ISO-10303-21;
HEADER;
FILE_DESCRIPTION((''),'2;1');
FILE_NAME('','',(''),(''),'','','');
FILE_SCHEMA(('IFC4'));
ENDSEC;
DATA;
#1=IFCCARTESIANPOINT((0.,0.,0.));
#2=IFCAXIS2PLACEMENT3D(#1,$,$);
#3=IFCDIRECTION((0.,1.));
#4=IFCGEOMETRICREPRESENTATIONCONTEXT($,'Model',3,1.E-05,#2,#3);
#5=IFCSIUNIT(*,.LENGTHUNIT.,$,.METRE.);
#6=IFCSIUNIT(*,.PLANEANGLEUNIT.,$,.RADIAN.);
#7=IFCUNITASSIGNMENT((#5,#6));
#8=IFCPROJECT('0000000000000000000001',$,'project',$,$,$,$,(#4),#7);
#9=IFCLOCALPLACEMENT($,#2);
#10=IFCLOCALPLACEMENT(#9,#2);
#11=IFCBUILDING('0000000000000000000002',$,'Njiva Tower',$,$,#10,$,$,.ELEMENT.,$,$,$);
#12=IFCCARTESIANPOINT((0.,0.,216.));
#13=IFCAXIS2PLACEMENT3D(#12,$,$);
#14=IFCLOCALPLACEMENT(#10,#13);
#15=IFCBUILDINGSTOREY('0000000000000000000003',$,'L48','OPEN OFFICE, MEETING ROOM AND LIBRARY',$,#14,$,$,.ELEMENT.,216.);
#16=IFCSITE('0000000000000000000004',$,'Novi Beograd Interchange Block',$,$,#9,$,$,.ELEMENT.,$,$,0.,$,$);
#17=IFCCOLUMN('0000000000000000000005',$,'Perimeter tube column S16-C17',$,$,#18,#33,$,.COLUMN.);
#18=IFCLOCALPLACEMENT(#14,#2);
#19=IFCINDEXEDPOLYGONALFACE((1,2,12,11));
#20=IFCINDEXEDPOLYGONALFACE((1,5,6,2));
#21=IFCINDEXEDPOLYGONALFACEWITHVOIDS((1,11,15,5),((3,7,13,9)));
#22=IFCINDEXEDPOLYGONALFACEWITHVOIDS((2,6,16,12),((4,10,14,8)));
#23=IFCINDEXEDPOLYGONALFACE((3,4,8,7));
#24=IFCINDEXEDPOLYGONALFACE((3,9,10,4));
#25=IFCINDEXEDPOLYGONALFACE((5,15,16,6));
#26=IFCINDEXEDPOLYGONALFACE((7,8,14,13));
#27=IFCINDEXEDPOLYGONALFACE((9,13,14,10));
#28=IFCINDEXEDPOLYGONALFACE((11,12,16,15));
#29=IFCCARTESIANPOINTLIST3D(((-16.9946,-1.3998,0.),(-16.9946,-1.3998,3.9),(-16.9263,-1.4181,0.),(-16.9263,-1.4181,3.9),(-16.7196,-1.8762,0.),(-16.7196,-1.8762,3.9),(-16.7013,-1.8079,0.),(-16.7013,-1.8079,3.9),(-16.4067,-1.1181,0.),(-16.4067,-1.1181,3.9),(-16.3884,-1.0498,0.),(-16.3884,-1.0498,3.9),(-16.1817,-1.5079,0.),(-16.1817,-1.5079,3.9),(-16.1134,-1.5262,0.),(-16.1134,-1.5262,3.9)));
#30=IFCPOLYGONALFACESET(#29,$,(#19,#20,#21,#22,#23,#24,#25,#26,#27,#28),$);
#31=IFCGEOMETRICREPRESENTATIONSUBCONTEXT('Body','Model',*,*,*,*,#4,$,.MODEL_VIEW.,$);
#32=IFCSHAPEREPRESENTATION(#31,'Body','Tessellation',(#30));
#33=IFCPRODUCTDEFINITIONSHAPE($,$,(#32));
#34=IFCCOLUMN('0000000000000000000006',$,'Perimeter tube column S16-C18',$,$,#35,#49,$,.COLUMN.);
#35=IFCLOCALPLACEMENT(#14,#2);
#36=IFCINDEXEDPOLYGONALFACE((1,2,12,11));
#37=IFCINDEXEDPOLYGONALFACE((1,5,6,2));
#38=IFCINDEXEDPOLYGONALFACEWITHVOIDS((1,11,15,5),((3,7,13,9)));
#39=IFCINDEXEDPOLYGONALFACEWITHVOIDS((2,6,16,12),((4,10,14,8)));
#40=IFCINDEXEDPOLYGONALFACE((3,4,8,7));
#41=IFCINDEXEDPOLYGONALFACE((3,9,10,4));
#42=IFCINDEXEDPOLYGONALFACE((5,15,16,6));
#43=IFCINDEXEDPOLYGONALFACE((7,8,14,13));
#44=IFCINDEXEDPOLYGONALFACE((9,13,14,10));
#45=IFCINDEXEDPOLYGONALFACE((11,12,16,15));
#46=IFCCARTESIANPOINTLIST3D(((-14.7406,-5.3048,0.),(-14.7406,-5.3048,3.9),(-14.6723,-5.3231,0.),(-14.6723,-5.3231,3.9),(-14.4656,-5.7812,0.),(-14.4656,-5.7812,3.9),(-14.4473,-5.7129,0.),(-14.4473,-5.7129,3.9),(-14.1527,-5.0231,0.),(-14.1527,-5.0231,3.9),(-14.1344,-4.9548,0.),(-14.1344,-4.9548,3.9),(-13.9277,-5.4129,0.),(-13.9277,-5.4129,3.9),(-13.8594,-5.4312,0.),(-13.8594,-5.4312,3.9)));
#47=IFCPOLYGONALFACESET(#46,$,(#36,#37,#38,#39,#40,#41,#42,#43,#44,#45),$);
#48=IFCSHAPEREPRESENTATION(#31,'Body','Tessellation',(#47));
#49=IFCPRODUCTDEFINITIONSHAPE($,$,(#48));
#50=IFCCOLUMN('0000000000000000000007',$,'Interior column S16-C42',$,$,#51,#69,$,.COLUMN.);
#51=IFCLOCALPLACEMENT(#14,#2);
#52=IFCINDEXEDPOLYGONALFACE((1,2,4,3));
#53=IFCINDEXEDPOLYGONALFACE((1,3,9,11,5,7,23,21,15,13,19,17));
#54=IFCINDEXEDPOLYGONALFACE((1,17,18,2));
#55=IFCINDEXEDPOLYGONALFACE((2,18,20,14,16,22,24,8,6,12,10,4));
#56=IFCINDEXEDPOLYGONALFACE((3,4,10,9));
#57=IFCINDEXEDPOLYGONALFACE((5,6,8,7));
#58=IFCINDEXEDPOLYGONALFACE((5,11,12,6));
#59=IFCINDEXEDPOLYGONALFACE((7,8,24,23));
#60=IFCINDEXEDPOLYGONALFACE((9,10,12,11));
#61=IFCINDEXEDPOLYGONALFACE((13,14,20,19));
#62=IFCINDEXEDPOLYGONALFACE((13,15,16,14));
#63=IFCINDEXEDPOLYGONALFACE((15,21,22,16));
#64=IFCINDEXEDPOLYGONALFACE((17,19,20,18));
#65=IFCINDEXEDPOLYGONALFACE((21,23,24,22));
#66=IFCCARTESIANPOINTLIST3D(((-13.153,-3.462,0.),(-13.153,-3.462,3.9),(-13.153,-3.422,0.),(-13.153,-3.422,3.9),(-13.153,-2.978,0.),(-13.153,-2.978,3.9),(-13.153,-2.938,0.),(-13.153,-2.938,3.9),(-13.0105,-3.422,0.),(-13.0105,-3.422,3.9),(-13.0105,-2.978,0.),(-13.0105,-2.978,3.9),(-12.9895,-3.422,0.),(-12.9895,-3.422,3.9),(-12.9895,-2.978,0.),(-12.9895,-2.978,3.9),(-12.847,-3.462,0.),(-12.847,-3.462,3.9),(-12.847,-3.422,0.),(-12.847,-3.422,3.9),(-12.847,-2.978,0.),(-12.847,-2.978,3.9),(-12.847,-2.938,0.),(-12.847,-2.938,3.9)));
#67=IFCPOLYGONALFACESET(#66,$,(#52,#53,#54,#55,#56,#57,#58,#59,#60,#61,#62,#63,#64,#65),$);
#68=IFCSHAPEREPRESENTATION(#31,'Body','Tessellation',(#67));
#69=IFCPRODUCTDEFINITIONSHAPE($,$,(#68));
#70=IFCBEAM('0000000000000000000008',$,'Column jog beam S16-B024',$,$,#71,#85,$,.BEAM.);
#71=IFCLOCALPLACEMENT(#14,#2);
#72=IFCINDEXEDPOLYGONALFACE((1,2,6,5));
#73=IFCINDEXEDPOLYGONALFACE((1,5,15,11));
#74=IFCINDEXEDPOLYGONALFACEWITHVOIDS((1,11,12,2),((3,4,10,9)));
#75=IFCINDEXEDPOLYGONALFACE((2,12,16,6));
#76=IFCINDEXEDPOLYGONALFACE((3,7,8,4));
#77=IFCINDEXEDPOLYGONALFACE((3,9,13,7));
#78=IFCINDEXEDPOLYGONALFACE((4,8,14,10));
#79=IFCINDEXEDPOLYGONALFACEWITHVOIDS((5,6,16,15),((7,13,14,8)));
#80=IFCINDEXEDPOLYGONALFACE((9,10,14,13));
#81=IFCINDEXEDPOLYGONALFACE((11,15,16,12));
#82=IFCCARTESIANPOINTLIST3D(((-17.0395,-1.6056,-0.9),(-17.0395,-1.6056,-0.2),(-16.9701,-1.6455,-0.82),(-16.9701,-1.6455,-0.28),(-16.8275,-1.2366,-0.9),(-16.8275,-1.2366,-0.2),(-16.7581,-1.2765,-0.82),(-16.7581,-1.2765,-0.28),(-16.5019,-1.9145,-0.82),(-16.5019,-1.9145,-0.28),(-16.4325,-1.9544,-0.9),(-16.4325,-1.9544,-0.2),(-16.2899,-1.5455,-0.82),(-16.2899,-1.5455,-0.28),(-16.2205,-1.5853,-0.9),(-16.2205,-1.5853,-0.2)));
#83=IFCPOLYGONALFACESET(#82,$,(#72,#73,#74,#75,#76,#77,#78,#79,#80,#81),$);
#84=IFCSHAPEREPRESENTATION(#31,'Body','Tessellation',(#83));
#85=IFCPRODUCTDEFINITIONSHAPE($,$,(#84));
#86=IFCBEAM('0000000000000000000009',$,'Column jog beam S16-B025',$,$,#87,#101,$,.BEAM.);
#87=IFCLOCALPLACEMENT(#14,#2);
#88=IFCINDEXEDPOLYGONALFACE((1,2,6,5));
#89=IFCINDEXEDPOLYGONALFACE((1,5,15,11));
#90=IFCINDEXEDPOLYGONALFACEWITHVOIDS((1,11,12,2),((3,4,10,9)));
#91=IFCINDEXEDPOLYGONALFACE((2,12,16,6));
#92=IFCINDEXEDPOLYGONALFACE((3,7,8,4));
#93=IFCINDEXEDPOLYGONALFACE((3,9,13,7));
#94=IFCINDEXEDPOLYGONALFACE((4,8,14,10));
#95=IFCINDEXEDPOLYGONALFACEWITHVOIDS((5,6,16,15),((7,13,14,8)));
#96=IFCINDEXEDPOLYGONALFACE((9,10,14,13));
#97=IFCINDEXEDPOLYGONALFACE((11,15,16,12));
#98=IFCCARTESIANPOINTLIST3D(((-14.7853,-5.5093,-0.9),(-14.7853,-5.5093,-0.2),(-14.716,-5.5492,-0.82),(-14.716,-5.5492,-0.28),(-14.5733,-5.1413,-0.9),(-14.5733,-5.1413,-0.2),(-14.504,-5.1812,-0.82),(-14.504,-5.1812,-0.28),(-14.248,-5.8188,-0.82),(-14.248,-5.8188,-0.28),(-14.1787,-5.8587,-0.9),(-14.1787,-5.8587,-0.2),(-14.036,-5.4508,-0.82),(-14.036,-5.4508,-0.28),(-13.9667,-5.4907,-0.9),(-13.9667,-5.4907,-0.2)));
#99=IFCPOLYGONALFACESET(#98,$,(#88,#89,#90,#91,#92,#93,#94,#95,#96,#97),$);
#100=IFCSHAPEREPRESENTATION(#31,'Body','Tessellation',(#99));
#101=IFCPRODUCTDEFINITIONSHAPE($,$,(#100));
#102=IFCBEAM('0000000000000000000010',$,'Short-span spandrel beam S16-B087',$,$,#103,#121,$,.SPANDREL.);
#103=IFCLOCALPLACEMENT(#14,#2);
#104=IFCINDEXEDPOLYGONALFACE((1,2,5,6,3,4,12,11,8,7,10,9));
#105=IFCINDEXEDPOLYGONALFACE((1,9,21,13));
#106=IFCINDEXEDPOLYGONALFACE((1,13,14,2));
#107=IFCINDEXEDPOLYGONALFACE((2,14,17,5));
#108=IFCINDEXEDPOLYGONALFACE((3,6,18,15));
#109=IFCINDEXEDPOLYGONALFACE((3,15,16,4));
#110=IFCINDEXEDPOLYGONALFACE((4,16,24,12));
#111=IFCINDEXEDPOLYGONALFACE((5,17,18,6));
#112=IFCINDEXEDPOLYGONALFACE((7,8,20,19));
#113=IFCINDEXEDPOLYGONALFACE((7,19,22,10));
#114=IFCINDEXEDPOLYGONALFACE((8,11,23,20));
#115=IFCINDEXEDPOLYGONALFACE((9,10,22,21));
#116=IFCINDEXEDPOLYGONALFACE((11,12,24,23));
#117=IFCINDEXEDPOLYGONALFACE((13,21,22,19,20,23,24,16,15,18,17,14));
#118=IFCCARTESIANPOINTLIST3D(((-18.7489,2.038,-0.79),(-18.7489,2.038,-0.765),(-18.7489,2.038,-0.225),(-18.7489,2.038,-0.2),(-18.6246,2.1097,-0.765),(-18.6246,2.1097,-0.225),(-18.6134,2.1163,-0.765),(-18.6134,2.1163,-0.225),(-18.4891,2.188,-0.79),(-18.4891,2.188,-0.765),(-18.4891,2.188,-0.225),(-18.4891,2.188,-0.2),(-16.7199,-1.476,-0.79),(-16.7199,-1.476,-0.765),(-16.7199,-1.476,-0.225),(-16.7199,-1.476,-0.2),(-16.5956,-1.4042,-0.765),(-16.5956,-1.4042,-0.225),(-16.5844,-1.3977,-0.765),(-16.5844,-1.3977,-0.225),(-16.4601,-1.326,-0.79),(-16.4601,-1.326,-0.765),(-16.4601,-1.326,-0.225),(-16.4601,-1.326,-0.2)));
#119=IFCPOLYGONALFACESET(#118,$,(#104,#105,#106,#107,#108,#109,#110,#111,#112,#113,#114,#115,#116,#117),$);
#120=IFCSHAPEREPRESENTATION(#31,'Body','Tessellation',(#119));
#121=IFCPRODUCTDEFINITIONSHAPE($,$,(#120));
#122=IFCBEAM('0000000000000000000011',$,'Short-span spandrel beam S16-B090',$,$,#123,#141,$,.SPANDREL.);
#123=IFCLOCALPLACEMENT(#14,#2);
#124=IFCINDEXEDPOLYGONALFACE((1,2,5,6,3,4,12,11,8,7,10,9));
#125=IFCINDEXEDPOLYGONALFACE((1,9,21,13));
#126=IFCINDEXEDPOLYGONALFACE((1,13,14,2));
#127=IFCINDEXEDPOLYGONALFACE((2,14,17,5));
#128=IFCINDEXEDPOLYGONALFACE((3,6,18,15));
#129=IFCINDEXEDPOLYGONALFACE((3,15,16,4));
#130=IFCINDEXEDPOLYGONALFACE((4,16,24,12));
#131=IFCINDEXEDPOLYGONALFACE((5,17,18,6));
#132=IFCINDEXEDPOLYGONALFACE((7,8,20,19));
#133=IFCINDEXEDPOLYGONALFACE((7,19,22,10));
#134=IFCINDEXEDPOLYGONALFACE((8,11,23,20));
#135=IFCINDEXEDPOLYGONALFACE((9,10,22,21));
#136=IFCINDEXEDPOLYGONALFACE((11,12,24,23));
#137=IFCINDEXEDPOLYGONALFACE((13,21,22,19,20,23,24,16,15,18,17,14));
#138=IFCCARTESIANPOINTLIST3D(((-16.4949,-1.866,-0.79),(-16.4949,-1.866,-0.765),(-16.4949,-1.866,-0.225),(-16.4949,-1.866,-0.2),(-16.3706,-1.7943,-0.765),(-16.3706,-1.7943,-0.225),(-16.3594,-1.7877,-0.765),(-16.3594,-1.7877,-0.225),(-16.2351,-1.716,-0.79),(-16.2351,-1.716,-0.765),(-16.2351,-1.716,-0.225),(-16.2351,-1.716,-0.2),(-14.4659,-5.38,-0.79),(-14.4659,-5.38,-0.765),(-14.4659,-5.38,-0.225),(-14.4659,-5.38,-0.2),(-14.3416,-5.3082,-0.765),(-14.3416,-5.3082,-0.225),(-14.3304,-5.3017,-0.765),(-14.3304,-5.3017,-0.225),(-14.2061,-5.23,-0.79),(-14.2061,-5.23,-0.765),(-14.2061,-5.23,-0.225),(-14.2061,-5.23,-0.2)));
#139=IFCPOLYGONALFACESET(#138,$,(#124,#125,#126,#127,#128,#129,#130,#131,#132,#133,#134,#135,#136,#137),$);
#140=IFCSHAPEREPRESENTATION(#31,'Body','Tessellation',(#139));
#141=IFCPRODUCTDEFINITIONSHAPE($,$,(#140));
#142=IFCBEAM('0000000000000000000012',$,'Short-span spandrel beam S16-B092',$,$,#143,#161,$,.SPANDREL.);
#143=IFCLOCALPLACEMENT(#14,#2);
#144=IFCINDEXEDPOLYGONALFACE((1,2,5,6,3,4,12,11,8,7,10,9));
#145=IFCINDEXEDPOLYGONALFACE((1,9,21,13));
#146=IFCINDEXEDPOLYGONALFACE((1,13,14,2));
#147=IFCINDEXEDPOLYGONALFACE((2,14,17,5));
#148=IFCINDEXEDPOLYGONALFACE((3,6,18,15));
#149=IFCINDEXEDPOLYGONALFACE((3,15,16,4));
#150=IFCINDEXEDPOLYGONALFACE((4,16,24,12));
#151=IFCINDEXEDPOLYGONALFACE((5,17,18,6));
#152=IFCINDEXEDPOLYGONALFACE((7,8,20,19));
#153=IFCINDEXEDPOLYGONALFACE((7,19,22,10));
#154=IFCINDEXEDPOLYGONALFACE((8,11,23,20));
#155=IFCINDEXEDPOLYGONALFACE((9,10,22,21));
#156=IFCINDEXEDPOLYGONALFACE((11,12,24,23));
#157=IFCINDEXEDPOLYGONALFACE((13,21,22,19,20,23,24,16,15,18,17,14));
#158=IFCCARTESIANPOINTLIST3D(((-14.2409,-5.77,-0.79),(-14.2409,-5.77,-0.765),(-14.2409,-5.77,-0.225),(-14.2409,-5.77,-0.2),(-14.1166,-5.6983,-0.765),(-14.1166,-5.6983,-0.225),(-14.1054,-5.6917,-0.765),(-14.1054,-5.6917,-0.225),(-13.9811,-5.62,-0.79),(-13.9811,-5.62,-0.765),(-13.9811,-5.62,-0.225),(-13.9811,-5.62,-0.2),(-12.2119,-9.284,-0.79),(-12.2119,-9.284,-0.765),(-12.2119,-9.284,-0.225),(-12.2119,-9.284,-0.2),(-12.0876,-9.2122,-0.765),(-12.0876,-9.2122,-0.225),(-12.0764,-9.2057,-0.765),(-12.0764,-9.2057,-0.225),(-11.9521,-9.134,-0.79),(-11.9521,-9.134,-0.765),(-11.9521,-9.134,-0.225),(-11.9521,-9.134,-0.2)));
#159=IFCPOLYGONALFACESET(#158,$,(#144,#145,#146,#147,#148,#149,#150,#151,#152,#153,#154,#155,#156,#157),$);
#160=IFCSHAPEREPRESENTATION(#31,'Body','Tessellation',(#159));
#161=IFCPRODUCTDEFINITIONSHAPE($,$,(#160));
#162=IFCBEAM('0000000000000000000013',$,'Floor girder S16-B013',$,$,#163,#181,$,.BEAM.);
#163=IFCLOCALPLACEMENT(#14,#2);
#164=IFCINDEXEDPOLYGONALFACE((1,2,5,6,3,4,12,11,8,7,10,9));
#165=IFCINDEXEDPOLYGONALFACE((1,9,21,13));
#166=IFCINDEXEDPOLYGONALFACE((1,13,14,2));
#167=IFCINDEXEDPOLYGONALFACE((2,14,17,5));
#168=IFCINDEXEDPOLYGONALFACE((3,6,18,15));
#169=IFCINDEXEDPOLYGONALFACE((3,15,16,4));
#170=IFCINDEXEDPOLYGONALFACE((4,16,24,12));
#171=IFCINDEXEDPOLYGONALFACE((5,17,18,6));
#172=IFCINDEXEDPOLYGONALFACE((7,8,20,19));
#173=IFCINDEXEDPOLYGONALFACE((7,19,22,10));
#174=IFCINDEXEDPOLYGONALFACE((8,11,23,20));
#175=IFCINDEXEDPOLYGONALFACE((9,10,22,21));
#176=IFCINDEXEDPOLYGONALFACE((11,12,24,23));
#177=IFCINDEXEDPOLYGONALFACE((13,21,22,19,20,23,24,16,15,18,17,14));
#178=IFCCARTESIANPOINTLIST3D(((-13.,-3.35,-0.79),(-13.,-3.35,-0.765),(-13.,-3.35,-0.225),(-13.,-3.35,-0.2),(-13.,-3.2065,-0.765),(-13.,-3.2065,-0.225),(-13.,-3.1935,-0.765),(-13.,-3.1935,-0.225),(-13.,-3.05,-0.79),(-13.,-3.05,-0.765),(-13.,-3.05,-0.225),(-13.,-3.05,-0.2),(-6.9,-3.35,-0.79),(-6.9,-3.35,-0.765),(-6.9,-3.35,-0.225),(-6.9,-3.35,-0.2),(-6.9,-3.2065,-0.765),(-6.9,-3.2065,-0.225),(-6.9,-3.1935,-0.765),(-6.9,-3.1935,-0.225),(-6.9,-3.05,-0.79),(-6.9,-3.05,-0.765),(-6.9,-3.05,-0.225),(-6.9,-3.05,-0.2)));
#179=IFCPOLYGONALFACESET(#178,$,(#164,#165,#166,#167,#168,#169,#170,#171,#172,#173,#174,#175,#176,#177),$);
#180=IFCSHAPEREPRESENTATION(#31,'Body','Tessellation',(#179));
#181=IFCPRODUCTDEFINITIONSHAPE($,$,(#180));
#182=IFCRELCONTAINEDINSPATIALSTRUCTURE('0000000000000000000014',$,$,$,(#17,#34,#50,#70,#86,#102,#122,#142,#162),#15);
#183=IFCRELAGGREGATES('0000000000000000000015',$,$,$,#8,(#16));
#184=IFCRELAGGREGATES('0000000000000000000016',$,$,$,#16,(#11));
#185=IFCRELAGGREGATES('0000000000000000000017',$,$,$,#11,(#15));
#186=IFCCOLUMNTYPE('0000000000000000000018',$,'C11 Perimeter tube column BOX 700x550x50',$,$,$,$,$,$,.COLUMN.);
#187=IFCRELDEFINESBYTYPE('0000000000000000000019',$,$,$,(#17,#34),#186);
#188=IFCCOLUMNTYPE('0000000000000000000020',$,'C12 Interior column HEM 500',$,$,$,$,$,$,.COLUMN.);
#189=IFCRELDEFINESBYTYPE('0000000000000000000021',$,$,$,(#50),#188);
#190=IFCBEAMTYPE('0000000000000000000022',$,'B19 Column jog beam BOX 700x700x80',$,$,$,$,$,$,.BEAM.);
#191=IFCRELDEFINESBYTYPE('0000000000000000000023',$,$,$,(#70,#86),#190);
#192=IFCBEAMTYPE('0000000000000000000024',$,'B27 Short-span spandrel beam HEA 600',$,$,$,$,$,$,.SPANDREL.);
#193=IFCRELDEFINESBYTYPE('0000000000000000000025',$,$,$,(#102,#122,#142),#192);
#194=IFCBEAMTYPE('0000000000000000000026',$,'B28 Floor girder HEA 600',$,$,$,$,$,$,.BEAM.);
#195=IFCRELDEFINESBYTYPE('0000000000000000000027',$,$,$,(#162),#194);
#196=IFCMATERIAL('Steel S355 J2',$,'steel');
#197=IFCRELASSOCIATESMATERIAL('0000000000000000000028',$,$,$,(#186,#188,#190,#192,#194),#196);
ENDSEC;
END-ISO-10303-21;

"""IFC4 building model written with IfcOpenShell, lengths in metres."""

from ifc_helpers import new_model, si_unit, direction, frame, origin, origin_2d, place, context, subcontext, project, spatial, hollow_rectangle, i_section, extrude, material, material_profile, profile_set, type_object, element, save


model = new_model("IFC4")

# Units and contexts
model_context = context("Model", 3, precision=1e-05, world=origin(), true_north=direction((0.0, 1.0)))
body_context = subcontext(model_context, "Body", "Model", "MODEL_VIEW")
ifc_project = project(units=[si_unit("LENGTHUNIT", "METRE"), si_unit("PLANEANGLEUNIT", "RADIAN")], contexts=[model_context])

# Site, building, storey
site_placement = place(None, origin())
site = spatial("IfcSite", under=ifc_project, at=site_placement, Name="Novi Beograd Interchange Block", CompositionType="ELEMENT", RefElevation=0.0)
building_placement = place(site_placement, origin())
building = spatial("IfcBuilding", under=site, at=building_placement, Name="Njiva Tower", CompositionType="ELEMENT")
storey_placement = place(building_placement, frame((0.0, 0.0, 216.0)))
storey = spatial("IfcBuildingStorey", under=building, at=storey_placement, Name="L48", Description="OPEN OFFICE, MEETING ROOM AND LIBRARY", CompositionType="ELEMENT", Elevation=216.0)

# Columns
ifc_material_1 = material(Name="Steel S355 J2", Category="steel")
ifc_material_profile_1 = material_profile(ifc_material_1, hollow_rectangle(XDim=0.55, YDim=0.7, WallThickness=0.05, at=origin_2d()), Name="BOX 700x550x50")
ifc_profile_set_1 = profile_set([ifc_material_profile_1], Name="Steel S355 J2")
column_type_1 = type_object("IfcColumnType", Name="C11 Perimeter tube column BOX 700x550x50", PredefinedType="COLUMN", material=ifc_profile_set_1)
for number, where, z_axis, x_axis, name in (
    (1, (-16.554, -1.463, 0.0), (0.0, 0.0, 1.0), (0.5, -0.866025, 0.0), "Perimeter tube column S16-C17"),
    (2, (-14.3, -5.368, 0.0), (0.0, 0.0, 1.0), (0.5, -0.866025, 0.0), "Perimeter tube column S16-C18"),
):
    element("IfcColumn", number, at=place(storey_placement, frame(where, z_axis=z_axis, x_axis=x_axis)), inside=storey, type_object=column_type_1, Name=name, PredefinedType="COLUMN", context=body_context, shape_type="SweptSolid", body=[
        extrude(hollow_rectangle(XDim=0.55, YDim=0.7, WallThickness=0.05, at=origin_2d()), origin(), (0.0, 0.0, 1.0), 3.9),
    ])
ifc_material_profile_2 = material_profile(ifc_material_1, i_section(OverallWidth=0.306, OverallDepth=0.524, WebThickness=0.021, FlangeThickness=0.04, at=origin_2d()), Name="HEM 500")
ifc_profile_set_2 = profile_set([ifc_material_profile_2], Name="Steel S355 J2")
column_type_2 = type_object("IfcColumnType", Name="C12 Interior column HEM 500", PredefinedType="COLUMN", material=ifc_profile_set_2)
column_placement = place(storey_placement, frame((-13.0, -3.2, 0.0), z_axis=(0.0, 0.0, 1.0), x_axis=(1.0, 0.0, 0.0)))
element("IfcColumn", 3, at=column_placement, inside=storey, type_object=column_type_2, Name="Interior column S16-C42", PredefinedType="COLUMN", context=body_context, shape_type="SweptSolid", body=[
    extrude(i_section(OverallWidth=0.306, OverallDepth=0.524, WebThickness=0.021, FlangeThickness=0.04, at=origin_2d()), origin(), (0.0, 0.0, 1.0), 3.9),
])

# Beams
ifc_material_profile_3 = material_profile(ifc_material_1, hollow_rectangle(XDim=0.7, YDim=0.7, WallThickness=0.08, at=origin_2d()), Name="BOX 700x700x80")
ifc_profile_set_3 = profile_set([ifc_material_profile_3], Name="Steel S355 J2")
beam_type_1 = type_object("IfcBeamType", Name="B19 Column jog beam BOX 700x700x80", PredefinedType="BEAM", material=ifc_profile_set_3)
beam_1_placement = place(storey_placement, frame((-16.736, -1.78, -0.55), z_axis=(0.498162, 0.867084, 0.0), x_axis=(-0.867084, 0.498162, 0.0)))
element("IfcBeam", 4, at=beam_1_placement, inside=storey, type_object=beam_type_1, Name="Column jog beam S16-B024", PredefinedType="BEAM", context=body_context, shape_type="SweptSolid", body=[
    extrude(hollow_rectangle(XDim=0.7, YDim=0.7, WallThickness=0.08, at=origin_2d()), origin(), (0.0, 0.0, 1.0), 0.4256),
])
beam_2_placement = place(storey_placement, frame((-14.482, -5.684, -0.55), z_axis=(0.499179, 0.866499, 0.0), x_axis=(-0.866499, 0.499179, 0.0)))
element("IfcBeam", 5, at=beam_2_placement, inside=storey, type_object=beam_type_1, Name="Column jog beam S16-B025", PredefinedType="BEAM", context=body_context, shape_type="SweptSolid", body=[
    extrude(hollow_rectangle(XDim=0.7, YDim=0.7, WallThickness=0.08, at=origin_2d()), origin(), (0.0, 0.0, 1.0), 0.4247),
])
ifc_material_profile_4 = material_profile(ifc_material_1, i_section(OverallWidth=0.3, OverallDepth=0.59, WebThickness=0.013, FlangeThickness=0.025, at=origin_2d()), Name="HEA 600")
ifc_profile_set_4 = profile_set([ifc_material_profile_4], Name="Steel S355 J2")
beam_type_2 = type_object("IfcBeamType", Name="B27 Short-span spandrel beam HEA 600", PredefinedType="SPANDREL", material=ifc_profile_set_4)
for number, where, z_axis, x_axis, name in (
    (6, (-18.619, 2.113, -0.495), (0.500035, -0.866005, 0.0), (0.866005, 0.500035, 0.0), "Short-span spandrel beam S16-B087"),
    (7, (-16.365, -1.791, -0.495), (0.500035, -0.866005, 0.0), (0.866005, 0.500035, 0.0), "Short-span spandrel beam S16-B090"),
    (8, (-14.111, -5.695, -0.495), (0.500035, -0.866005, 0.0), (0.866005, 0.500035, 0.0), "Short-span spandrel beam S16-B092"),
):
    element("IfcBeam", number, at=place(storey_placement, frame(where, z_axis=z_axis, x_axis=x_axis)), inside=storey, type_object=beam_type_2, Name=name, PredefinedType="SPANDREL", context=body_context, shape_type="SweptSolid", body=[
        extrude(i_section(OverallWidth=0.3, OverallDepth=0.59, WebThickness=0.013, FlangeThickness=0.025, at=origin_2d()), origin(), (0.0, 0.0, 1.0), 4.0577),
    ])
ifc_material_profile_5 = material_profile(ifc_material_1, i_section(OverallWidth=0.3, OverallDepth=0.59, WebThickness=0.013, FlangeThickness=0.025, at=origin_2d()), Name="HEA 600")
ifc_profile_set_5 = profile_set([ifc_material_profile_5], Name="Steel S355 J2")
beam_type_3 = type_object("IfcBeamType", Name="B28 Floor girder HEA 600", PredefinedType="BEAM", material=ifc_profile_set_5)
beam_3_placement = place(storey_placement, frame((-13.0, -3.2, -0.495), z_axis=(1.0, 0.0, 0.0), x_axis=(0.0, 1.0, 0.0)))
element("IfcBeam", 9, at=beam_3_placement, inside=storey, type_object=beam_type_3, Name="Floor girder S16-B013", PredefinedType="BEAM", context=body_context, shape_type="SweptSolid", body=[
    extrude(i_section(OverallWidth=0.3, OverallDepth=0.59, WebThickness=0.013, FlangeThickness=0.025, at=origin_2d()), origin(), (0.0, 0.0, 1.0), 6.1),
])

save(model, "model.ifc")
